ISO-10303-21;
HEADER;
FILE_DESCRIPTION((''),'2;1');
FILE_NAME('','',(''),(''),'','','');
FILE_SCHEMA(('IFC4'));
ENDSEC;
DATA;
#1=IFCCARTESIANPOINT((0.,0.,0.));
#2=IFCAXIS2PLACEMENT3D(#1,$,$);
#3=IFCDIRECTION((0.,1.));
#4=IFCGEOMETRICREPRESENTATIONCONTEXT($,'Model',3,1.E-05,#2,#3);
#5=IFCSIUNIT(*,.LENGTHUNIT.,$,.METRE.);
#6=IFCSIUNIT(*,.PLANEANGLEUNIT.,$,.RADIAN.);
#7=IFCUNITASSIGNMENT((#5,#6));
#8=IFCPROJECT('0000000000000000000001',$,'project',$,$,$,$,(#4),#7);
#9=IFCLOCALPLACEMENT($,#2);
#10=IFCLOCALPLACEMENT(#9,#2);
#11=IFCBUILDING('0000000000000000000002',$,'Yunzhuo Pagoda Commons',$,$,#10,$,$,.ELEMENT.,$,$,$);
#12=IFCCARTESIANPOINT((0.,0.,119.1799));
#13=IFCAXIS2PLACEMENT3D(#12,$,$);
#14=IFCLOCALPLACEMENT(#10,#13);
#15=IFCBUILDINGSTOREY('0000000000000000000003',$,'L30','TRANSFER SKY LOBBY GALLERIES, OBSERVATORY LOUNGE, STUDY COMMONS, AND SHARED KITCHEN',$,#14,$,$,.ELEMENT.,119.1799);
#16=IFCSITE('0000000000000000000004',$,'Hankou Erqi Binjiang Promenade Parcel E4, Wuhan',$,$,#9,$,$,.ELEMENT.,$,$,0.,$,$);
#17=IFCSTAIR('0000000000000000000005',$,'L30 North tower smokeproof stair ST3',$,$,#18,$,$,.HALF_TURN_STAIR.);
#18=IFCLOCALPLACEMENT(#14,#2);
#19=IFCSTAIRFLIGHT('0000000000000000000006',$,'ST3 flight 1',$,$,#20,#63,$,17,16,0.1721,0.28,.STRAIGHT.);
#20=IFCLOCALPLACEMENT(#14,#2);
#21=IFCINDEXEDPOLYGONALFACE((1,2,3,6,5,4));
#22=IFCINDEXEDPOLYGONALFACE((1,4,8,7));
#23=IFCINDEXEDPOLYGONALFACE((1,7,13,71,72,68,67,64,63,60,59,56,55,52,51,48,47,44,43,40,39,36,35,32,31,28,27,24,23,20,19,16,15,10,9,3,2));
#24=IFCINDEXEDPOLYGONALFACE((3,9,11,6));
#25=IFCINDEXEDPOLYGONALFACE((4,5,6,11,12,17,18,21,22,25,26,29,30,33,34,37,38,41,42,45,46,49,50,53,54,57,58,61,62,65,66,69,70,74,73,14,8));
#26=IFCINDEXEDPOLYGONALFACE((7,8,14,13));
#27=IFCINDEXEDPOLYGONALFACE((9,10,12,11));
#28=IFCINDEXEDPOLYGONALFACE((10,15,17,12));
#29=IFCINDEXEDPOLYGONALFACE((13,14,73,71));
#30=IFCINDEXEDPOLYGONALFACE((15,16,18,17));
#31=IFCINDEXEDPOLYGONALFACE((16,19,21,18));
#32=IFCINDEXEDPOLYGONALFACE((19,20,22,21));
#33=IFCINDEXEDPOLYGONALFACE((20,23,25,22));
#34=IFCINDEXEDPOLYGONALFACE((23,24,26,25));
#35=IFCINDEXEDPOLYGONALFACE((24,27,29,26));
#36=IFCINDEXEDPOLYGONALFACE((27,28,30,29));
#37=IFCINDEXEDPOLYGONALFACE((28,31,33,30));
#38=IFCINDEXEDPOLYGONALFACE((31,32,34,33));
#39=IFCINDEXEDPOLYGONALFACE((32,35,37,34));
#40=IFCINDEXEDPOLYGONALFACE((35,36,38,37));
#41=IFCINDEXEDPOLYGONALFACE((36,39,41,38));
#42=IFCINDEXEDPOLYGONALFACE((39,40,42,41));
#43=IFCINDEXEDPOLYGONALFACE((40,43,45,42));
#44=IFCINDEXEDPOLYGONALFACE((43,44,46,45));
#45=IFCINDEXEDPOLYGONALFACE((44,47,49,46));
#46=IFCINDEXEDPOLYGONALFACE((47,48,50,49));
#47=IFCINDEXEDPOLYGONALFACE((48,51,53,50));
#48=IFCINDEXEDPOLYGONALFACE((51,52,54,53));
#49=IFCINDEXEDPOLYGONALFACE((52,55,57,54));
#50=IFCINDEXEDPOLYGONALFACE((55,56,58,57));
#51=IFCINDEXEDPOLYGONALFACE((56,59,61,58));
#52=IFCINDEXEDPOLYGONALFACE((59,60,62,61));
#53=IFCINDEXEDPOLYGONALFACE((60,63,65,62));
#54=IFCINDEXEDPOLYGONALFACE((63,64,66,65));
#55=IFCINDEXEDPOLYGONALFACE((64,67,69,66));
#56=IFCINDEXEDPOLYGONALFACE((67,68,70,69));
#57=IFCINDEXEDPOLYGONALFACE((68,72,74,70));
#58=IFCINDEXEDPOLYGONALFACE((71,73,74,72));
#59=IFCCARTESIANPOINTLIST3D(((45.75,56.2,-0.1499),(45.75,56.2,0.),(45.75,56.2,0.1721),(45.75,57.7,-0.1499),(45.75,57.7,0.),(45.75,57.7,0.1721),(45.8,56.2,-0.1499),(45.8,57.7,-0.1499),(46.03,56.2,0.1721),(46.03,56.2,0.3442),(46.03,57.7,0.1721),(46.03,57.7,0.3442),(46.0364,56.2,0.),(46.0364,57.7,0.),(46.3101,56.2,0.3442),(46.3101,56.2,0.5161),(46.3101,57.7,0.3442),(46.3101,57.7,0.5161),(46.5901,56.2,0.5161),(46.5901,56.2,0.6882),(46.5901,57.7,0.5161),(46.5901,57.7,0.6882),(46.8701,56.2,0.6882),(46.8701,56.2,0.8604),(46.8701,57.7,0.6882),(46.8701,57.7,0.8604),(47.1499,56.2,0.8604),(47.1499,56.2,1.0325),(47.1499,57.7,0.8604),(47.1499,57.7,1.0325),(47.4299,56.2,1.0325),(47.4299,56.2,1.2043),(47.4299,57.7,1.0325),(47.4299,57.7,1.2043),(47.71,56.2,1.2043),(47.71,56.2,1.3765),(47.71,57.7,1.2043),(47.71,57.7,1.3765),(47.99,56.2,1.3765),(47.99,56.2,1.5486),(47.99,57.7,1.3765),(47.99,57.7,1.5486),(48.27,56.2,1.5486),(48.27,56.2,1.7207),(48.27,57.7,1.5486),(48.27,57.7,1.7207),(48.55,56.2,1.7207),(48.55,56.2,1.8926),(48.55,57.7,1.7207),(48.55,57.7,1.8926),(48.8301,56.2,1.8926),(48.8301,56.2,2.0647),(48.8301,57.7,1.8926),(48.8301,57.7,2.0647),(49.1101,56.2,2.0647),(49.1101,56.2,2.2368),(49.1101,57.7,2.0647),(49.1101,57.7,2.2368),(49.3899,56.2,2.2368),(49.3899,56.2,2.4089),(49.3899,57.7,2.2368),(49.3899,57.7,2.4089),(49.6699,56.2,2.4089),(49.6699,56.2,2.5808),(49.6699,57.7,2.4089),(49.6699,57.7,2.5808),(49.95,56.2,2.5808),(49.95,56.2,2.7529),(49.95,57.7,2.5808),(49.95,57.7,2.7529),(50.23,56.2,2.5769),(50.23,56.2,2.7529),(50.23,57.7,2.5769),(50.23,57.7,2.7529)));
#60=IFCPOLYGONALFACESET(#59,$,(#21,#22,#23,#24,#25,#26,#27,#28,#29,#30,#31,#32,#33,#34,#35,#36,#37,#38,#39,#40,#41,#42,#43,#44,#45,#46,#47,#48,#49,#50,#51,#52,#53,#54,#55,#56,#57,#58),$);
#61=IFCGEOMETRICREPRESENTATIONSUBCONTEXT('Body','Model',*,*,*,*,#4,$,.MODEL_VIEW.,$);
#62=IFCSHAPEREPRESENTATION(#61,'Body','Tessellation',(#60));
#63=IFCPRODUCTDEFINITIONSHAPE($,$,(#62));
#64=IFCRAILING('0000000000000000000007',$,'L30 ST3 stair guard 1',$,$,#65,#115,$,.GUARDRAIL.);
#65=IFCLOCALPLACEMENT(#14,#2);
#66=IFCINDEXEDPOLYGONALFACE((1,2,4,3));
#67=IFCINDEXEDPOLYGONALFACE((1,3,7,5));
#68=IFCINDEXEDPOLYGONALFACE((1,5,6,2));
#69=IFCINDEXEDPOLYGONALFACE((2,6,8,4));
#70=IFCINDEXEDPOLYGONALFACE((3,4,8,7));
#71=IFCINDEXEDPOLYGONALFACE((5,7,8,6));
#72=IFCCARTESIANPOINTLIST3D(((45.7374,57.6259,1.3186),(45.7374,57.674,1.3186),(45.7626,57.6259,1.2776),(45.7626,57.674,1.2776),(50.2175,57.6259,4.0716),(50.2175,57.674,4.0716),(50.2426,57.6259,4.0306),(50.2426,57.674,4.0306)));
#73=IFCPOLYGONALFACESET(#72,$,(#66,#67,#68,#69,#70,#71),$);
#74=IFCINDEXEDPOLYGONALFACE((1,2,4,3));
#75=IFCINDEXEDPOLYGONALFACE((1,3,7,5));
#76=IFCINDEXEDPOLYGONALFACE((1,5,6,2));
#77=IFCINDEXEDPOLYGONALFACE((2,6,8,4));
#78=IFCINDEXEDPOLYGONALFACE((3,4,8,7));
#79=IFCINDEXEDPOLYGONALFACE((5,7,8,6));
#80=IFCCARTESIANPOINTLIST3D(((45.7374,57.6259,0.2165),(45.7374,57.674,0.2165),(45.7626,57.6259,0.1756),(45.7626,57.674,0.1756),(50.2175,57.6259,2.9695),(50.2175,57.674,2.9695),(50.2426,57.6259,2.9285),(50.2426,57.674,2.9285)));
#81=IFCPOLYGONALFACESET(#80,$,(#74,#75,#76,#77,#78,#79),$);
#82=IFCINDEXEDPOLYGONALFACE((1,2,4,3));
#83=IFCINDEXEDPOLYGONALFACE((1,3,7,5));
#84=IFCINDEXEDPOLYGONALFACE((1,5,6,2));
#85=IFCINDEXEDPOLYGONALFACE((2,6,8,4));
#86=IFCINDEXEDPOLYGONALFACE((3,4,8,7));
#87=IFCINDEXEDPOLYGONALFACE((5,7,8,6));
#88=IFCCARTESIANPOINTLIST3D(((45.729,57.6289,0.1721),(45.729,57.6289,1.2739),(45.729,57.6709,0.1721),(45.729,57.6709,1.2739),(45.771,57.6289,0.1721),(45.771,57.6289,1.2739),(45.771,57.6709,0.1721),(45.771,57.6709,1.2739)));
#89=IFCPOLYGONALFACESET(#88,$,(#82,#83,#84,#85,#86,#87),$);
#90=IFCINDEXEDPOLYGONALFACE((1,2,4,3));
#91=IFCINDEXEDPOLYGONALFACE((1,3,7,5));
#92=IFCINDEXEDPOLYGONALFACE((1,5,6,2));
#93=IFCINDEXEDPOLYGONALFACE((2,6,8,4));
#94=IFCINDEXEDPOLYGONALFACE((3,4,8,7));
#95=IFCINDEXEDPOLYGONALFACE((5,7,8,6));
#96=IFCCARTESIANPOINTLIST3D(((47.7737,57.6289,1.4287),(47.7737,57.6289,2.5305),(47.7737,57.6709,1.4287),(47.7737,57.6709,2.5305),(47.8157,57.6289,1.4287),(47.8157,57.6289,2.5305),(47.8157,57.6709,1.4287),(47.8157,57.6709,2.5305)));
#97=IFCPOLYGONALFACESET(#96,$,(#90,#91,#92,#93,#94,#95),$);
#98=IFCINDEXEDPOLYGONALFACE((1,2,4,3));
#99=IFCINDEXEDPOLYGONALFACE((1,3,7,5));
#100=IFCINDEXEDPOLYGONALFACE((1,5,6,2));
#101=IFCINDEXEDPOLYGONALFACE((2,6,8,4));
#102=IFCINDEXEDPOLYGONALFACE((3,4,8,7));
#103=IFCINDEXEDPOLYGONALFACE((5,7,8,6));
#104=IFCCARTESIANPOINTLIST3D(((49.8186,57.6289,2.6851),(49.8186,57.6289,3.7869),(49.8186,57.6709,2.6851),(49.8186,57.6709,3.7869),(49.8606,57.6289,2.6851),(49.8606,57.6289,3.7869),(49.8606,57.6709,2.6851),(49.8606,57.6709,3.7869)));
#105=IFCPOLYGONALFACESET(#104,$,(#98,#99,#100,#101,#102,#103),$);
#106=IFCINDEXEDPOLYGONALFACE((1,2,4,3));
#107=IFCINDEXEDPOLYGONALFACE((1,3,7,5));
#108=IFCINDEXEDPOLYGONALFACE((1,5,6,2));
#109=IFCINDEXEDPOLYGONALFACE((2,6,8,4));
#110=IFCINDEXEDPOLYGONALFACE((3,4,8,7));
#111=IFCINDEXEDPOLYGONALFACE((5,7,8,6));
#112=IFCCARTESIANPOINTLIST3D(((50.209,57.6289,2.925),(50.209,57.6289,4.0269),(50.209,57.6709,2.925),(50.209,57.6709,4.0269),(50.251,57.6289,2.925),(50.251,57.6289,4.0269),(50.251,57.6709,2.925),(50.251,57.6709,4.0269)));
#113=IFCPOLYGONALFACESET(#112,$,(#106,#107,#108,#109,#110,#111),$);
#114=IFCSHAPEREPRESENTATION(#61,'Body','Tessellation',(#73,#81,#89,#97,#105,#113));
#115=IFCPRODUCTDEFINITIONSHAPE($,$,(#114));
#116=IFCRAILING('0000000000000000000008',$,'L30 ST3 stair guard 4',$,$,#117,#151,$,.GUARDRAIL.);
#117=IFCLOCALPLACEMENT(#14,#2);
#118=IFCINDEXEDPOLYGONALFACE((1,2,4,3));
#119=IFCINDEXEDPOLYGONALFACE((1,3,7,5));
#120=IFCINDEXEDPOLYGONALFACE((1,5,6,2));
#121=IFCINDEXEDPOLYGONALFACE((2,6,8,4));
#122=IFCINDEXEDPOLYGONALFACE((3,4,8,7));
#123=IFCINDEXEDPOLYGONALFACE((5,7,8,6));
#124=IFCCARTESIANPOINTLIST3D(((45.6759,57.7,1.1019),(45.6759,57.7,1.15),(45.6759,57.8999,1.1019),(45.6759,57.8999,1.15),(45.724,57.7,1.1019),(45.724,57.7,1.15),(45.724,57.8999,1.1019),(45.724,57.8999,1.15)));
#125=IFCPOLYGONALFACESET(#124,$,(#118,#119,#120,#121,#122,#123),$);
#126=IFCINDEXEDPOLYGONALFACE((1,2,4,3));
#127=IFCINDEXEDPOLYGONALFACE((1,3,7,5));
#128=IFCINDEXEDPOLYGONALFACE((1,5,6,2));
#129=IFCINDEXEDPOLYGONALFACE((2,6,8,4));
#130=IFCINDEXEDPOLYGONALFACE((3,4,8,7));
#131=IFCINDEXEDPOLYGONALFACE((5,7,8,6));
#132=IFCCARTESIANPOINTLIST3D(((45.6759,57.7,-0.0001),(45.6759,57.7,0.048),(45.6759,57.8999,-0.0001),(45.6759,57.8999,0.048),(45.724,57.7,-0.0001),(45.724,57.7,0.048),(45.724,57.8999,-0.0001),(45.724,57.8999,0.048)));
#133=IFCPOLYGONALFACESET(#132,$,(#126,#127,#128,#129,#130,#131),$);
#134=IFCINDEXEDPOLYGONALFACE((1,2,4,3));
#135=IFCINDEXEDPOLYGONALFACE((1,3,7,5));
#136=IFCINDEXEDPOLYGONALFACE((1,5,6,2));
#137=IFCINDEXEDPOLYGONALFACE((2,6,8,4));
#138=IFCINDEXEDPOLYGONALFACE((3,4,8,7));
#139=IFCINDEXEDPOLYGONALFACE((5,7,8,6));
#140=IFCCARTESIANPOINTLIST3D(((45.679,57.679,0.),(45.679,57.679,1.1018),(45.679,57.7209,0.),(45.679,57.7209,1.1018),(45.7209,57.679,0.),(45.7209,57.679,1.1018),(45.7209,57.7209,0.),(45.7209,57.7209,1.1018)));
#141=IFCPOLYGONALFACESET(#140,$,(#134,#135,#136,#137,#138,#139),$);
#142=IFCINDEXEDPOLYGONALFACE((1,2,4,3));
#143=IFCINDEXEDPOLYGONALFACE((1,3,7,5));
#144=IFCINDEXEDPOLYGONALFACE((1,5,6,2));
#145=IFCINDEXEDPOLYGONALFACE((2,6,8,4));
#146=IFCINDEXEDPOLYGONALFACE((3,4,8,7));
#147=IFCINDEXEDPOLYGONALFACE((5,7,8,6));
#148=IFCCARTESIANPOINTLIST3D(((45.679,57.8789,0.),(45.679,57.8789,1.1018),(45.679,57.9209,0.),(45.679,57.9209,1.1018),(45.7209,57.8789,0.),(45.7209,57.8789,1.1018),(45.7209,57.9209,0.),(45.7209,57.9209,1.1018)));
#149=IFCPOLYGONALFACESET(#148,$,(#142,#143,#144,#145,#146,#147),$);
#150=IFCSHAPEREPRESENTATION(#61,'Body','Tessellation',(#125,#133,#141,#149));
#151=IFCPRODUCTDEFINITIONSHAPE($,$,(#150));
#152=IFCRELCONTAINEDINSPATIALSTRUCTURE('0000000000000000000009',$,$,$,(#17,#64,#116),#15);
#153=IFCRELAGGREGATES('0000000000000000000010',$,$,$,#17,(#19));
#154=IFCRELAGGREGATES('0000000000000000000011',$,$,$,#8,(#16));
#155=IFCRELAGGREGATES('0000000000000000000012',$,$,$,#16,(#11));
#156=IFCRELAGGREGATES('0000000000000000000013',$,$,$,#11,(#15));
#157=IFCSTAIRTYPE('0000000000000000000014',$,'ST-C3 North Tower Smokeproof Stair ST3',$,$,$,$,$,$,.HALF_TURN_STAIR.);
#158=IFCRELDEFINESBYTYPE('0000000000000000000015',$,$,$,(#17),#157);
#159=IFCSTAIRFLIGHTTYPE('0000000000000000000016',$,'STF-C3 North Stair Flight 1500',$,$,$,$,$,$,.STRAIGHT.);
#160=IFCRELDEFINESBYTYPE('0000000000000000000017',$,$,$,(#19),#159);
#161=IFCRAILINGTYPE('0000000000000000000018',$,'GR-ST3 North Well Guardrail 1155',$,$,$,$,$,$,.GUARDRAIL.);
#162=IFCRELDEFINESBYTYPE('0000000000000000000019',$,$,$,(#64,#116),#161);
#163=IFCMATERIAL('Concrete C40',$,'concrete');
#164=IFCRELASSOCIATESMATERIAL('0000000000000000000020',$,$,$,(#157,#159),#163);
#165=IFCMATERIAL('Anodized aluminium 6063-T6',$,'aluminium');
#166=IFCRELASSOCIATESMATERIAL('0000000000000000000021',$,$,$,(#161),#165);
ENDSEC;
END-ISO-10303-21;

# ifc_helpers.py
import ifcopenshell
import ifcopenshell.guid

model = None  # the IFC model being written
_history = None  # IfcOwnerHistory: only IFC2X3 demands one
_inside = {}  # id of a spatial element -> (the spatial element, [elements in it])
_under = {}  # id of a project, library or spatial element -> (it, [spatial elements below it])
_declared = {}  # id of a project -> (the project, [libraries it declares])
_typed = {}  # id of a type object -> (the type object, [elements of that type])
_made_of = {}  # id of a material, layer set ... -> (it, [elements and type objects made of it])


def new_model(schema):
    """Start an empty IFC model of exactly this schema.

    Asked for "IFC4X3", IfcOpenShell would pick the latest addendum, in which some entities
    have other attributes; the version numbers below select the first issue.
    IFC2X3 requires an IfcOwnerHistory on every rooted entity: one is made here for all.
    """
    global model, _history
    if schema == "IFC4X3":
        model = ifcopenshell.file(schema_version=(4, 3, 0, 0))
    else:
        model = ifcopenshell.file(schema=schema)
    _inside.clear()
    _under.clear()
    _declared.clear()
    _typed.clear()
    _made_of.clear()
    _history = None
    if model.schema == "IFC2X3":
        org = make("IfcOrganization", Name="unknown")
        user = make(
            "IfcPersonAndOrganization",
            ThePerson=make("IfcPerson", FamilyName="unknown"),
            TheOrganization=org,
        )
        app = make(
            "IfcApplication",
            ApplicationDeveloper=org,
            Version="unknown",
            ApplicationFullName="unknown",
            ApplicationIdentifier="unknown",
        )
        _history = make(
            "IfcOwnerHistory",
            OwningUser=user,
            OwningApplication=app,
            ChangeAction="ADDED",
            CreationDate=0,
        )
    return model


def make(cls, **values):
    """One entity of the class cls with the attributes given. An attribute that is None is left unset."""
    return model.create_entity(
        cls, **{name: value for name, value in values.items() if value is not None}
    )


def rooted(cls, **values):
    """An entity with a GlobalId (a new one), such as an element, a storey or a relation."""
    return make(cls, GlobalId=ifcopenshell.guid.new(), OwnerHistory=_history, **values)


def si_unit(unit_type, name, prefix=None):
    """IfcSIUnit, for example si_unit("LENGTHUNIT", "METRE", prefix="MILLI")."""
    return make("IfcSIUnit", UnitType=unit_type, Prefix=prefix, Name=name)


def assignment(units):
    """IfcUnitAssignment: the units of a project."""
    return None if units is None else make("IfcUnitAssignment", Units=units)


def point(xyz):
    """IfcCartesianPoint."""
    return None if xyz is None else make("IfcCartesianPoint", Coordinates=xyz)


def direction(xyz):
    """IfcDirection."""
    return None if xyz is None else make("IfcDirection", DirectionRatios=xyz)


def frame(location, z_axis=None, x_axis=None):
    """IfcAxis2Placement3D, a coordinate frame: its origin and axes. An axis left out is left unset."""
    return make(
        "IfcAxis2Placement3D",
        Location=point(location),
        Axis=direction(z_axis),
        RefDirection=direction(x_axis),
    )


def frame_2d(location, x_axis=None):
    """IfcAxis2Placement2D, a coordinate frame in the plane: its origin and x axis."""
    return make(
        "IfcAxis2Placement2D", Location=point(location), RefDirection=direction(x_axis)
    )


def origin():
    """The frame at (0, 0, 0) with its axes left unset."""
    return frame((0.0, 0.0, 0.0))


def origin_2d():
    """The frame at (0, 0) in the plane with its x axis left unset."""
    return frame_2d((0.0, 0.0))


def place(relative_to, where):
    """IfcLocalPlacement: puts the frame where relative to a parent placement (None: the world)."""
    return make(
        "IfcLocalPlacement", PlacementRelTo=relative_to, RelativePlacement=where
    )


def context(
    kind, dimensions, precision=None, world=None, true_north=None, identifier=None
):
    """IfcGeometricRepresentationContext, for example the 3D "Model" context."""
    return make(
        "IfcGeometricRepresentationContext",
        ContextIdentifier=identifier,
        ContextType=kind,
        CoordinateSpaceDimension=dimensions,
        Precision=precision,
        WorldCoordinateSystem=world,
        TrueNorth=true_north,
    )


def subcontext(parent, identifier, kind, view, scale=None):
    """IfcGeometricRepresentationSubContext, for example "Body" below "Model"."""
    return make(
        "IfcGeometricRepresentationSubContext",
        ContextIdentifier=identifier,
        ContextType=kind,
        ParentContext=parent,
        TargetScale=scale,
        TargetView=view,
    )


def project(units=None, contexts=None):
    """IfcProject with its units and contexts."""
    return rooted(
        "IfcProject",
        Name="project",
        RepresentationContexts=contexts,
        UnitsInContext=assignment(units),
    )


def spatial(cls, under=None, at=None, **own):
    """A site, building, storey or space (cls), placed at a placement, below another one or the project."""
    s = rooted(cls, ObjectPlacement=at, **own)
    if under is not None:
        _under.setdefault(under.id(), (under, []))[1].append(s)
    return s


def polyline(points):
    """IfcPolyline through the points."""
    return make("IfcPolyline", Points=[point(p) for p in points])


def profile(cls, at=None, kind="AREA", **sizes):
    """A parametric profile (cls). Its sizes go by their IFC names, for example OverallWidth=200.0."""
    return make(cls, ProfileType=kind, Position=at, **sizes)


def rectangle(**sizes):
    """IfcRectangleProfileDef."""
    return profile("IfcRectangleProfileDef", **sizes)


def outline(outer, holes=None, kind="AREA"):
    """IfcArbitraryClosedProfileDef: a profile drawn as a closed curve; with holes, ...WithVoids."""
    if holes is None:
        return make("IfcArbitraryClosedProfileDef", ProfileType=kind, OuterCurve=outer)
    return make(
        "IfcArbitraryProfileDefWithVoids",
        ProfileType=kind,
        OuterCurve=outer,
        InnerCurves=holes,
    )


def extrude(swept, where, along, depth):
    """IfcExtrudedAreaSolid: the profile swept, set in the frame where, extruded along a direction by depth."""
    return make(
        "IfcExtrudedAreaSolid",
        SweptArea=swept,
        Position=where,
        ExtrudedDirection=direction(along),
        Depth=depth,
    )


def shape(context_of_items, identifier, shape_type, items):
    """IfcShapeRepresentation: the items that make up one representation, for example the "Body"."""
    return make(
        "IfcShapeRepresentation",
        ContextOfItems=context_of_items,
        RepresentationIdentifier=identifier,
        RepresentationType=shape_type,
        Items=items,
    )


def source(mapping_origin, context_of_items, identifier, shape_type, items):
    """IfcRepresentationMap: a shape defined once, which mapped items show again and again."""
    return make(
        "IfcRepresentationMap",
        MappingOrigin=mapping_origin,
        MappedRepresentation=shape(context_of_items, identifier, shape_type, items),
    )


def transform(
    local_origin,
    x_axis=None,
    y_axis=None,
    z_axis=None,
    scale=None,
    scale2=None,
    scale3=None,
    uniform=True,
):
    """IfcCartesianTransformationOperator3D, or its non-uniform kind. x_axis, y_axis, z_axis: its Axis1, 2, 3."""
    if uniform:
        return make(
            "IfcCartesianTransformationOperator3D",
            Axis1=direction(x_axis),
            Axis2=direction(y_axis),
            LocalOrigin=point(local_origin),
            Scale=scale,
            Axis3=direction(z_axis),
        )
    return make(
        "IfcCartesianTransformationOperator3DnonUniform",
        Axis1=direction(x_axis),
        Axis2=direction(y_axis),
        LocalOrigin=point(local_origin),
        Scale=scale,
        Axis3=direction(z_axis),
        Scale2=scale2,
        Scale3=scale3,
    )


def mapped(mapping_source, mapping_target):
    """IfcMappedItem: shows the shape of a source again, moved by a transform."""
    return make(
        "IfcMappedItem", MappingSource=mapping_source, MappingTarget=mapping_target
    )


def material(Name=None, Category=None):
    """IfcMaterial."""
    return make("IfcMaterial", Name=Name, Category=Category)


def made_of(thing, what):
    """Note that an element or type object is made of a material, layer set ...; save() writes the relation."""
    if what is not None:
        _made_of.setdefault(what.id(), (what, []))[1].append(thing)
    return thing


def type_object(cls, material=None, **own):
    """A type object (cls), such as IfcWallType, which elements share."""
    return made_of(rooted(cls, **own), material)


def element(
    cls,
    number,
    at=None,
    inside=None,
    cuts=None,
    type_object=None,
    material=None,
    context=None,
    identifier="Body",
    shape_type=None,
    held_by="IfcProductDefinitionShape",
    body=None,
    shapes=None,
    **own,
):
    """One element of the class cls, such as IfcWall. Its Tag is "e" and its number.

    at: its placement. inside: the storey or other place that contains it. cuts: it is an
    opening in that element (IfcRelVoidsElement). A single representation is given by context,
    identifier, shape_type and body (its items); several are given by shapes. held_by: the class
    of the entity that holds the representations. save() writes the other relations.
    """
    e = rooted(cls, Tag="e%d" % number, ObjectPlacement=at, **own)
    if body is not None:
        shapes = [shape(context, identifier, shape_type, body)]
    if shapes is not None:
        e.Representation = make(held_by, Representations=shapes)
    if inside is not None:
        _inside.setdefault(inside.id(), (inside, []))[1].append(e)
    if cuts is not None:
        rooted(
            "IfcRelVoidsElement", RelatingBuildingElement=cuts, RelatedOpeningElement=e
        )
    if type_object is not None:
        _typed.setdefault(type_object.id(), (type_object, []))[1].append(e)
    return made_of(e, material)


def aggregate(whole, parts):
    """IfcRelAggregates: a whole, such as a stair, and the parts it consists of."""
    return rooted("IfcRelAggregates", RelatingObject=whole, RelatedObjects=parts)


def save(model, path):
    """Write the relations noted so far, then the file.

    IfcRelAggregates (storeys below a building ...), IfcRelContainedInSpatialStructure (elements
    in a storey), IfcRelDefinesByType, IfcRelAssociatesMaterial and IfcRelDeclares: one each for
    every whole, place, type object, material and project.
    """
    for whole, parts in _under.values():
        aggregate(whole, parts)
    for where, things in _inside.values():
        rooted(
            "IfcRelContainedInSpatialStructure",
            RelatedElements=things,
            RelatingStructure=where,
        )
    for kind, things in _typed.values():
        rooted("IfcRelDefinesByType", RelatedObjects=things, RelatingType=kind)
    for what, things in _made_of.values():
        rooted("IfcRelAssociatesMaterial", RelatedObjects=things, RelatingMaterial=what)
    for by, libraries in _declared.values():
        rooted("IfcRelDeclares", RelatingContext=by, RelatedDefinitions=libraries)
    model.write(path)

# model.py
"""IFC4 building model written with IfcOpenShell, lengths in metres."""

from ifc_helpers import new_model, si_unit, direction, frame, origin, origin_2d, place, context, subcontext, project, spatial, polyline, rectangle, outline, extrude, source, transform, mapped, material, type_object, element, aggregate, save


model = new_model("IFC4")

# Units and contexts
model_context = context("Model", 3, precision=1e-05, world=origin(), true_north=direction((0.0, 1.0)))
body_context = subcontext(model_context, "Body", "Model", "MODEL_VIEW")
ifc_project = project(units=[si_unit("LENGTHUNIT", "METRE"), si_unit("PLANEANGLEUNIT", "RADIAN")], contexts=[model_context])

# Site, building, storey
site_placement = place(None, origin())
site = spatial("IfcSite", under=ifc_project, at=site_placement, Name="Hankou Erqi Binjiang Promenade Parcel E4, Wuhan", CompositionType="ELEMENT", RefElevation=0.0)
building_placement = place(site_placement, origin())
building = spatial("IfcBuilding", under=site, at=building_placement, Name="Yunzhuo Pagoda Commons", CompositionType="ELEMENT")
storey_placement = place(building_placement, frame((0.0, 0.0, 119.1799)))
storey = spatial("IfcBuildingStorey", under=building, at=storey_placement, Name="L30", Description="TRANSFER SKY LOBBY GALLERIES, OBSERVATORY LOUNGE, STUDY COMMONS, AND SHARED KITCHEN", CompositionType="ELEMENT", Elevation=119.1799)

# Shared definitions
ifc_material_1 = material(Name="Anodized aluminium 6063-T6", Category="aluminium")

# Stair, stair flight
ifc_material_2 = material(Name="Concrete C40", Category="concrete")
stair_type = type_object("IfcStairType", Name="ST-C3 North Tower Smokeproof Stair ST3", PredefinedType="HALF_TURN_STAIR", material=ifc_material_2)
stair_placement = place(storey_placement, origin())
stair = element("IfcStair", 1, at=stair_placement, inside=storey, type_object=stair_type, Name="L30 North tower smokeproof stair ST3", PredefinedType="HALF_TURN_STAIR")
stair_flight_type = type_object("IfcStairFlightType", Name="STF-C3 North Stair Flight 1500", PredefinedType="STRAIGHT", material=ifc_material_2)
shared_shape_1 = source(origin(), body_context, "Body", "SweptSolid", [
    extrude(outline(polyline([(0.0, -0.1499), (0.0, 0.0), (0.0, 0.1721), (0.28, 0.1721), (0.28, 0.3442), (0.5601, 0.3442), (0.5601, 0.5161), (0.8401, 0.5161), (0.8401, 0.6882), (1.1201, 0.6882), (1.1201, 0.8604), (1.3999, 0.8604), (1.3999, 1.0325), (1.6799, 1.0325), (1.6799, 1.2043), (1.96, 1.2043), (1.96, 1.3765), (2.24, 1.3765), (2.24, 1.5486), (2.52, 1.5486), (2.52, 1.7207), (2.8, 1.7207), (2.8, 1.8926), (3.0801, 1.8926), (3.0801, 2.0647), (3.3601, 2.0647), (3.3601, 2.2368), (3.6399, 2.2368), (3.6399, 2.4089), (3.9199, 2.4089), (3.9199, 2.5808), (4.2, 2.5808), (4.2, 2.7529), (4.48, 2.7529), (4.48, 2.925), (4.48, 2.5769), (0.2864, 0.0), (0.05, -0.1499), (0.0, -0.1499)])), frame((0.0, 0.75, 0.0), z_axis=(0.0, -1.0, 0.0), x_axis=(1.0, 0.0, 0.0)), (0.0, 0.0, 1.0), 1.5),
])
stair_flight_placement = place(storey_placement, frame((45.75, 56.95, 0.0), z_axis=(0.0, 0.0, 1.0), x_axis=(1.0, 0.0, 0.0)))
stair_flight = element("IfcStairFlight", 2, at=stair_flight_placement, type_object=stair_flight_type, Name="ST3 flight 1", NumberOfRisers=17, NumberOfTreads=16, PredefinedType="STRAIGHT", RiserHeight=0.1721, TreadLength=0.28, context=body_context, shape_type="MappedRepresentation", body=[
    mapped(shared_shape_1, transform((0.0, 0.0, 0.0), scale=1.0)),
])
aggregate(stair, [stair_flight])

# Railings
railing_type = type_object("IfcRailingType", Name="GR-ST3 North Well Guardrail 1155", PredefinedType="GUARDRAIL", material=ifc_material_1)
railing_1_placement = place(storey_placement, frame((45.75, 57.6499, 0.1721)))
element("IfcRailing", 3, at=railing_1_placement, inside=storey, type_object=railing_type, Name="L30 ST3 stair guard 1", PredefinedType="GUARDRAIL", context=body_context, shape_type="SweptSolid", body=[
    extrude(rectangle(XDim=0.0481, YDim=0.0481, at=origin_2d()), frame((0.0, 0.0, 1.126), z_axis=(0.851996, 0.0, 0.523548), x_axis=(0.0, 1.0, 0.0)), (0.0, 0.0, 1.0), 5.2583),
    extrude(rectangle(XDim=0.0481, YDim=0.0481, at=origin_2d()), frame((0.0, 0.0, 0.0239), z_axis=(0.851996, 0.0, 0.523548), x_axis=(0.0, 1.0, 0.0)), (0.0, 0.0, 1.0), 5.2583),
    extrude(rectangle(XDim=0.042, YDim=0.042, at=origin_2d()), origin(), (0.0, 0.0, 1.0), 1.1018),
    extrude(rectangle(XDim=0.042, YDim=0.042, at=origin_2d()), frame((2.0447, 0.0, 1.2566)), (0.0, 0.0, 1.0), 1.1018),
    extrude(rectangle(XDim=0.042, YDim=0.042, at=origin_2d()), frame((4.0896, 0.0, 2.5129)), (0.0, 0.0, 1.0), 1.1018),
    extrude(rectangle(XDim=0.042, YDim=0.042, at=origin_2d()), frame((4.48, 0.0, 2.7529)), (0.0, 0.0, 1.0), 1.1018),
])
railing_2_placement = place(storey_placement, frame((45.7, 57.7, 0.0)))
element("IfcRailing", 4, at=railing_2_placement, inside=storey, type_object=railing_type, Name="L30 ST3 stair guard 4", PredefinedType="GUARDRAIL", context=body_context, shape_type="SweptSolid", body=[
    extrude(rectangle(XDim=0.0481, YDim=0.0481, at=origin_2d()), frame((0.0, 0.0, 1.126), z_axis=(0.0, 1.0, 0.0), x_axis=(-1.0, 0.0, 0.0)), (0.0, 0.0, 1.0), 0.2),
    extrude(rectangle(XDim=0.0481, YDim=0.0481, at=origin_2d()), frame((0.0, 0.0, 0.0239), z_axis=(0.0, 1.0, 0.0), x_axis=(-1.0, 0.0, 0.0)), (0.0, 0.0, 1.0), 0.2),
    extrude(rectangle(XDim=0.042, YDim=0.042, at=origin_2d()), origin(), (0.0, 0.0, 1.0), 1.1018),
    extrude(rectangle(XDim=0.042, YDim=0.042, at=origin_2d()), frame((0.0, 0.2, 0.0)), (0.0, 0.0, 1.0), 1.1018),
])

save(model, "model.ifc")
